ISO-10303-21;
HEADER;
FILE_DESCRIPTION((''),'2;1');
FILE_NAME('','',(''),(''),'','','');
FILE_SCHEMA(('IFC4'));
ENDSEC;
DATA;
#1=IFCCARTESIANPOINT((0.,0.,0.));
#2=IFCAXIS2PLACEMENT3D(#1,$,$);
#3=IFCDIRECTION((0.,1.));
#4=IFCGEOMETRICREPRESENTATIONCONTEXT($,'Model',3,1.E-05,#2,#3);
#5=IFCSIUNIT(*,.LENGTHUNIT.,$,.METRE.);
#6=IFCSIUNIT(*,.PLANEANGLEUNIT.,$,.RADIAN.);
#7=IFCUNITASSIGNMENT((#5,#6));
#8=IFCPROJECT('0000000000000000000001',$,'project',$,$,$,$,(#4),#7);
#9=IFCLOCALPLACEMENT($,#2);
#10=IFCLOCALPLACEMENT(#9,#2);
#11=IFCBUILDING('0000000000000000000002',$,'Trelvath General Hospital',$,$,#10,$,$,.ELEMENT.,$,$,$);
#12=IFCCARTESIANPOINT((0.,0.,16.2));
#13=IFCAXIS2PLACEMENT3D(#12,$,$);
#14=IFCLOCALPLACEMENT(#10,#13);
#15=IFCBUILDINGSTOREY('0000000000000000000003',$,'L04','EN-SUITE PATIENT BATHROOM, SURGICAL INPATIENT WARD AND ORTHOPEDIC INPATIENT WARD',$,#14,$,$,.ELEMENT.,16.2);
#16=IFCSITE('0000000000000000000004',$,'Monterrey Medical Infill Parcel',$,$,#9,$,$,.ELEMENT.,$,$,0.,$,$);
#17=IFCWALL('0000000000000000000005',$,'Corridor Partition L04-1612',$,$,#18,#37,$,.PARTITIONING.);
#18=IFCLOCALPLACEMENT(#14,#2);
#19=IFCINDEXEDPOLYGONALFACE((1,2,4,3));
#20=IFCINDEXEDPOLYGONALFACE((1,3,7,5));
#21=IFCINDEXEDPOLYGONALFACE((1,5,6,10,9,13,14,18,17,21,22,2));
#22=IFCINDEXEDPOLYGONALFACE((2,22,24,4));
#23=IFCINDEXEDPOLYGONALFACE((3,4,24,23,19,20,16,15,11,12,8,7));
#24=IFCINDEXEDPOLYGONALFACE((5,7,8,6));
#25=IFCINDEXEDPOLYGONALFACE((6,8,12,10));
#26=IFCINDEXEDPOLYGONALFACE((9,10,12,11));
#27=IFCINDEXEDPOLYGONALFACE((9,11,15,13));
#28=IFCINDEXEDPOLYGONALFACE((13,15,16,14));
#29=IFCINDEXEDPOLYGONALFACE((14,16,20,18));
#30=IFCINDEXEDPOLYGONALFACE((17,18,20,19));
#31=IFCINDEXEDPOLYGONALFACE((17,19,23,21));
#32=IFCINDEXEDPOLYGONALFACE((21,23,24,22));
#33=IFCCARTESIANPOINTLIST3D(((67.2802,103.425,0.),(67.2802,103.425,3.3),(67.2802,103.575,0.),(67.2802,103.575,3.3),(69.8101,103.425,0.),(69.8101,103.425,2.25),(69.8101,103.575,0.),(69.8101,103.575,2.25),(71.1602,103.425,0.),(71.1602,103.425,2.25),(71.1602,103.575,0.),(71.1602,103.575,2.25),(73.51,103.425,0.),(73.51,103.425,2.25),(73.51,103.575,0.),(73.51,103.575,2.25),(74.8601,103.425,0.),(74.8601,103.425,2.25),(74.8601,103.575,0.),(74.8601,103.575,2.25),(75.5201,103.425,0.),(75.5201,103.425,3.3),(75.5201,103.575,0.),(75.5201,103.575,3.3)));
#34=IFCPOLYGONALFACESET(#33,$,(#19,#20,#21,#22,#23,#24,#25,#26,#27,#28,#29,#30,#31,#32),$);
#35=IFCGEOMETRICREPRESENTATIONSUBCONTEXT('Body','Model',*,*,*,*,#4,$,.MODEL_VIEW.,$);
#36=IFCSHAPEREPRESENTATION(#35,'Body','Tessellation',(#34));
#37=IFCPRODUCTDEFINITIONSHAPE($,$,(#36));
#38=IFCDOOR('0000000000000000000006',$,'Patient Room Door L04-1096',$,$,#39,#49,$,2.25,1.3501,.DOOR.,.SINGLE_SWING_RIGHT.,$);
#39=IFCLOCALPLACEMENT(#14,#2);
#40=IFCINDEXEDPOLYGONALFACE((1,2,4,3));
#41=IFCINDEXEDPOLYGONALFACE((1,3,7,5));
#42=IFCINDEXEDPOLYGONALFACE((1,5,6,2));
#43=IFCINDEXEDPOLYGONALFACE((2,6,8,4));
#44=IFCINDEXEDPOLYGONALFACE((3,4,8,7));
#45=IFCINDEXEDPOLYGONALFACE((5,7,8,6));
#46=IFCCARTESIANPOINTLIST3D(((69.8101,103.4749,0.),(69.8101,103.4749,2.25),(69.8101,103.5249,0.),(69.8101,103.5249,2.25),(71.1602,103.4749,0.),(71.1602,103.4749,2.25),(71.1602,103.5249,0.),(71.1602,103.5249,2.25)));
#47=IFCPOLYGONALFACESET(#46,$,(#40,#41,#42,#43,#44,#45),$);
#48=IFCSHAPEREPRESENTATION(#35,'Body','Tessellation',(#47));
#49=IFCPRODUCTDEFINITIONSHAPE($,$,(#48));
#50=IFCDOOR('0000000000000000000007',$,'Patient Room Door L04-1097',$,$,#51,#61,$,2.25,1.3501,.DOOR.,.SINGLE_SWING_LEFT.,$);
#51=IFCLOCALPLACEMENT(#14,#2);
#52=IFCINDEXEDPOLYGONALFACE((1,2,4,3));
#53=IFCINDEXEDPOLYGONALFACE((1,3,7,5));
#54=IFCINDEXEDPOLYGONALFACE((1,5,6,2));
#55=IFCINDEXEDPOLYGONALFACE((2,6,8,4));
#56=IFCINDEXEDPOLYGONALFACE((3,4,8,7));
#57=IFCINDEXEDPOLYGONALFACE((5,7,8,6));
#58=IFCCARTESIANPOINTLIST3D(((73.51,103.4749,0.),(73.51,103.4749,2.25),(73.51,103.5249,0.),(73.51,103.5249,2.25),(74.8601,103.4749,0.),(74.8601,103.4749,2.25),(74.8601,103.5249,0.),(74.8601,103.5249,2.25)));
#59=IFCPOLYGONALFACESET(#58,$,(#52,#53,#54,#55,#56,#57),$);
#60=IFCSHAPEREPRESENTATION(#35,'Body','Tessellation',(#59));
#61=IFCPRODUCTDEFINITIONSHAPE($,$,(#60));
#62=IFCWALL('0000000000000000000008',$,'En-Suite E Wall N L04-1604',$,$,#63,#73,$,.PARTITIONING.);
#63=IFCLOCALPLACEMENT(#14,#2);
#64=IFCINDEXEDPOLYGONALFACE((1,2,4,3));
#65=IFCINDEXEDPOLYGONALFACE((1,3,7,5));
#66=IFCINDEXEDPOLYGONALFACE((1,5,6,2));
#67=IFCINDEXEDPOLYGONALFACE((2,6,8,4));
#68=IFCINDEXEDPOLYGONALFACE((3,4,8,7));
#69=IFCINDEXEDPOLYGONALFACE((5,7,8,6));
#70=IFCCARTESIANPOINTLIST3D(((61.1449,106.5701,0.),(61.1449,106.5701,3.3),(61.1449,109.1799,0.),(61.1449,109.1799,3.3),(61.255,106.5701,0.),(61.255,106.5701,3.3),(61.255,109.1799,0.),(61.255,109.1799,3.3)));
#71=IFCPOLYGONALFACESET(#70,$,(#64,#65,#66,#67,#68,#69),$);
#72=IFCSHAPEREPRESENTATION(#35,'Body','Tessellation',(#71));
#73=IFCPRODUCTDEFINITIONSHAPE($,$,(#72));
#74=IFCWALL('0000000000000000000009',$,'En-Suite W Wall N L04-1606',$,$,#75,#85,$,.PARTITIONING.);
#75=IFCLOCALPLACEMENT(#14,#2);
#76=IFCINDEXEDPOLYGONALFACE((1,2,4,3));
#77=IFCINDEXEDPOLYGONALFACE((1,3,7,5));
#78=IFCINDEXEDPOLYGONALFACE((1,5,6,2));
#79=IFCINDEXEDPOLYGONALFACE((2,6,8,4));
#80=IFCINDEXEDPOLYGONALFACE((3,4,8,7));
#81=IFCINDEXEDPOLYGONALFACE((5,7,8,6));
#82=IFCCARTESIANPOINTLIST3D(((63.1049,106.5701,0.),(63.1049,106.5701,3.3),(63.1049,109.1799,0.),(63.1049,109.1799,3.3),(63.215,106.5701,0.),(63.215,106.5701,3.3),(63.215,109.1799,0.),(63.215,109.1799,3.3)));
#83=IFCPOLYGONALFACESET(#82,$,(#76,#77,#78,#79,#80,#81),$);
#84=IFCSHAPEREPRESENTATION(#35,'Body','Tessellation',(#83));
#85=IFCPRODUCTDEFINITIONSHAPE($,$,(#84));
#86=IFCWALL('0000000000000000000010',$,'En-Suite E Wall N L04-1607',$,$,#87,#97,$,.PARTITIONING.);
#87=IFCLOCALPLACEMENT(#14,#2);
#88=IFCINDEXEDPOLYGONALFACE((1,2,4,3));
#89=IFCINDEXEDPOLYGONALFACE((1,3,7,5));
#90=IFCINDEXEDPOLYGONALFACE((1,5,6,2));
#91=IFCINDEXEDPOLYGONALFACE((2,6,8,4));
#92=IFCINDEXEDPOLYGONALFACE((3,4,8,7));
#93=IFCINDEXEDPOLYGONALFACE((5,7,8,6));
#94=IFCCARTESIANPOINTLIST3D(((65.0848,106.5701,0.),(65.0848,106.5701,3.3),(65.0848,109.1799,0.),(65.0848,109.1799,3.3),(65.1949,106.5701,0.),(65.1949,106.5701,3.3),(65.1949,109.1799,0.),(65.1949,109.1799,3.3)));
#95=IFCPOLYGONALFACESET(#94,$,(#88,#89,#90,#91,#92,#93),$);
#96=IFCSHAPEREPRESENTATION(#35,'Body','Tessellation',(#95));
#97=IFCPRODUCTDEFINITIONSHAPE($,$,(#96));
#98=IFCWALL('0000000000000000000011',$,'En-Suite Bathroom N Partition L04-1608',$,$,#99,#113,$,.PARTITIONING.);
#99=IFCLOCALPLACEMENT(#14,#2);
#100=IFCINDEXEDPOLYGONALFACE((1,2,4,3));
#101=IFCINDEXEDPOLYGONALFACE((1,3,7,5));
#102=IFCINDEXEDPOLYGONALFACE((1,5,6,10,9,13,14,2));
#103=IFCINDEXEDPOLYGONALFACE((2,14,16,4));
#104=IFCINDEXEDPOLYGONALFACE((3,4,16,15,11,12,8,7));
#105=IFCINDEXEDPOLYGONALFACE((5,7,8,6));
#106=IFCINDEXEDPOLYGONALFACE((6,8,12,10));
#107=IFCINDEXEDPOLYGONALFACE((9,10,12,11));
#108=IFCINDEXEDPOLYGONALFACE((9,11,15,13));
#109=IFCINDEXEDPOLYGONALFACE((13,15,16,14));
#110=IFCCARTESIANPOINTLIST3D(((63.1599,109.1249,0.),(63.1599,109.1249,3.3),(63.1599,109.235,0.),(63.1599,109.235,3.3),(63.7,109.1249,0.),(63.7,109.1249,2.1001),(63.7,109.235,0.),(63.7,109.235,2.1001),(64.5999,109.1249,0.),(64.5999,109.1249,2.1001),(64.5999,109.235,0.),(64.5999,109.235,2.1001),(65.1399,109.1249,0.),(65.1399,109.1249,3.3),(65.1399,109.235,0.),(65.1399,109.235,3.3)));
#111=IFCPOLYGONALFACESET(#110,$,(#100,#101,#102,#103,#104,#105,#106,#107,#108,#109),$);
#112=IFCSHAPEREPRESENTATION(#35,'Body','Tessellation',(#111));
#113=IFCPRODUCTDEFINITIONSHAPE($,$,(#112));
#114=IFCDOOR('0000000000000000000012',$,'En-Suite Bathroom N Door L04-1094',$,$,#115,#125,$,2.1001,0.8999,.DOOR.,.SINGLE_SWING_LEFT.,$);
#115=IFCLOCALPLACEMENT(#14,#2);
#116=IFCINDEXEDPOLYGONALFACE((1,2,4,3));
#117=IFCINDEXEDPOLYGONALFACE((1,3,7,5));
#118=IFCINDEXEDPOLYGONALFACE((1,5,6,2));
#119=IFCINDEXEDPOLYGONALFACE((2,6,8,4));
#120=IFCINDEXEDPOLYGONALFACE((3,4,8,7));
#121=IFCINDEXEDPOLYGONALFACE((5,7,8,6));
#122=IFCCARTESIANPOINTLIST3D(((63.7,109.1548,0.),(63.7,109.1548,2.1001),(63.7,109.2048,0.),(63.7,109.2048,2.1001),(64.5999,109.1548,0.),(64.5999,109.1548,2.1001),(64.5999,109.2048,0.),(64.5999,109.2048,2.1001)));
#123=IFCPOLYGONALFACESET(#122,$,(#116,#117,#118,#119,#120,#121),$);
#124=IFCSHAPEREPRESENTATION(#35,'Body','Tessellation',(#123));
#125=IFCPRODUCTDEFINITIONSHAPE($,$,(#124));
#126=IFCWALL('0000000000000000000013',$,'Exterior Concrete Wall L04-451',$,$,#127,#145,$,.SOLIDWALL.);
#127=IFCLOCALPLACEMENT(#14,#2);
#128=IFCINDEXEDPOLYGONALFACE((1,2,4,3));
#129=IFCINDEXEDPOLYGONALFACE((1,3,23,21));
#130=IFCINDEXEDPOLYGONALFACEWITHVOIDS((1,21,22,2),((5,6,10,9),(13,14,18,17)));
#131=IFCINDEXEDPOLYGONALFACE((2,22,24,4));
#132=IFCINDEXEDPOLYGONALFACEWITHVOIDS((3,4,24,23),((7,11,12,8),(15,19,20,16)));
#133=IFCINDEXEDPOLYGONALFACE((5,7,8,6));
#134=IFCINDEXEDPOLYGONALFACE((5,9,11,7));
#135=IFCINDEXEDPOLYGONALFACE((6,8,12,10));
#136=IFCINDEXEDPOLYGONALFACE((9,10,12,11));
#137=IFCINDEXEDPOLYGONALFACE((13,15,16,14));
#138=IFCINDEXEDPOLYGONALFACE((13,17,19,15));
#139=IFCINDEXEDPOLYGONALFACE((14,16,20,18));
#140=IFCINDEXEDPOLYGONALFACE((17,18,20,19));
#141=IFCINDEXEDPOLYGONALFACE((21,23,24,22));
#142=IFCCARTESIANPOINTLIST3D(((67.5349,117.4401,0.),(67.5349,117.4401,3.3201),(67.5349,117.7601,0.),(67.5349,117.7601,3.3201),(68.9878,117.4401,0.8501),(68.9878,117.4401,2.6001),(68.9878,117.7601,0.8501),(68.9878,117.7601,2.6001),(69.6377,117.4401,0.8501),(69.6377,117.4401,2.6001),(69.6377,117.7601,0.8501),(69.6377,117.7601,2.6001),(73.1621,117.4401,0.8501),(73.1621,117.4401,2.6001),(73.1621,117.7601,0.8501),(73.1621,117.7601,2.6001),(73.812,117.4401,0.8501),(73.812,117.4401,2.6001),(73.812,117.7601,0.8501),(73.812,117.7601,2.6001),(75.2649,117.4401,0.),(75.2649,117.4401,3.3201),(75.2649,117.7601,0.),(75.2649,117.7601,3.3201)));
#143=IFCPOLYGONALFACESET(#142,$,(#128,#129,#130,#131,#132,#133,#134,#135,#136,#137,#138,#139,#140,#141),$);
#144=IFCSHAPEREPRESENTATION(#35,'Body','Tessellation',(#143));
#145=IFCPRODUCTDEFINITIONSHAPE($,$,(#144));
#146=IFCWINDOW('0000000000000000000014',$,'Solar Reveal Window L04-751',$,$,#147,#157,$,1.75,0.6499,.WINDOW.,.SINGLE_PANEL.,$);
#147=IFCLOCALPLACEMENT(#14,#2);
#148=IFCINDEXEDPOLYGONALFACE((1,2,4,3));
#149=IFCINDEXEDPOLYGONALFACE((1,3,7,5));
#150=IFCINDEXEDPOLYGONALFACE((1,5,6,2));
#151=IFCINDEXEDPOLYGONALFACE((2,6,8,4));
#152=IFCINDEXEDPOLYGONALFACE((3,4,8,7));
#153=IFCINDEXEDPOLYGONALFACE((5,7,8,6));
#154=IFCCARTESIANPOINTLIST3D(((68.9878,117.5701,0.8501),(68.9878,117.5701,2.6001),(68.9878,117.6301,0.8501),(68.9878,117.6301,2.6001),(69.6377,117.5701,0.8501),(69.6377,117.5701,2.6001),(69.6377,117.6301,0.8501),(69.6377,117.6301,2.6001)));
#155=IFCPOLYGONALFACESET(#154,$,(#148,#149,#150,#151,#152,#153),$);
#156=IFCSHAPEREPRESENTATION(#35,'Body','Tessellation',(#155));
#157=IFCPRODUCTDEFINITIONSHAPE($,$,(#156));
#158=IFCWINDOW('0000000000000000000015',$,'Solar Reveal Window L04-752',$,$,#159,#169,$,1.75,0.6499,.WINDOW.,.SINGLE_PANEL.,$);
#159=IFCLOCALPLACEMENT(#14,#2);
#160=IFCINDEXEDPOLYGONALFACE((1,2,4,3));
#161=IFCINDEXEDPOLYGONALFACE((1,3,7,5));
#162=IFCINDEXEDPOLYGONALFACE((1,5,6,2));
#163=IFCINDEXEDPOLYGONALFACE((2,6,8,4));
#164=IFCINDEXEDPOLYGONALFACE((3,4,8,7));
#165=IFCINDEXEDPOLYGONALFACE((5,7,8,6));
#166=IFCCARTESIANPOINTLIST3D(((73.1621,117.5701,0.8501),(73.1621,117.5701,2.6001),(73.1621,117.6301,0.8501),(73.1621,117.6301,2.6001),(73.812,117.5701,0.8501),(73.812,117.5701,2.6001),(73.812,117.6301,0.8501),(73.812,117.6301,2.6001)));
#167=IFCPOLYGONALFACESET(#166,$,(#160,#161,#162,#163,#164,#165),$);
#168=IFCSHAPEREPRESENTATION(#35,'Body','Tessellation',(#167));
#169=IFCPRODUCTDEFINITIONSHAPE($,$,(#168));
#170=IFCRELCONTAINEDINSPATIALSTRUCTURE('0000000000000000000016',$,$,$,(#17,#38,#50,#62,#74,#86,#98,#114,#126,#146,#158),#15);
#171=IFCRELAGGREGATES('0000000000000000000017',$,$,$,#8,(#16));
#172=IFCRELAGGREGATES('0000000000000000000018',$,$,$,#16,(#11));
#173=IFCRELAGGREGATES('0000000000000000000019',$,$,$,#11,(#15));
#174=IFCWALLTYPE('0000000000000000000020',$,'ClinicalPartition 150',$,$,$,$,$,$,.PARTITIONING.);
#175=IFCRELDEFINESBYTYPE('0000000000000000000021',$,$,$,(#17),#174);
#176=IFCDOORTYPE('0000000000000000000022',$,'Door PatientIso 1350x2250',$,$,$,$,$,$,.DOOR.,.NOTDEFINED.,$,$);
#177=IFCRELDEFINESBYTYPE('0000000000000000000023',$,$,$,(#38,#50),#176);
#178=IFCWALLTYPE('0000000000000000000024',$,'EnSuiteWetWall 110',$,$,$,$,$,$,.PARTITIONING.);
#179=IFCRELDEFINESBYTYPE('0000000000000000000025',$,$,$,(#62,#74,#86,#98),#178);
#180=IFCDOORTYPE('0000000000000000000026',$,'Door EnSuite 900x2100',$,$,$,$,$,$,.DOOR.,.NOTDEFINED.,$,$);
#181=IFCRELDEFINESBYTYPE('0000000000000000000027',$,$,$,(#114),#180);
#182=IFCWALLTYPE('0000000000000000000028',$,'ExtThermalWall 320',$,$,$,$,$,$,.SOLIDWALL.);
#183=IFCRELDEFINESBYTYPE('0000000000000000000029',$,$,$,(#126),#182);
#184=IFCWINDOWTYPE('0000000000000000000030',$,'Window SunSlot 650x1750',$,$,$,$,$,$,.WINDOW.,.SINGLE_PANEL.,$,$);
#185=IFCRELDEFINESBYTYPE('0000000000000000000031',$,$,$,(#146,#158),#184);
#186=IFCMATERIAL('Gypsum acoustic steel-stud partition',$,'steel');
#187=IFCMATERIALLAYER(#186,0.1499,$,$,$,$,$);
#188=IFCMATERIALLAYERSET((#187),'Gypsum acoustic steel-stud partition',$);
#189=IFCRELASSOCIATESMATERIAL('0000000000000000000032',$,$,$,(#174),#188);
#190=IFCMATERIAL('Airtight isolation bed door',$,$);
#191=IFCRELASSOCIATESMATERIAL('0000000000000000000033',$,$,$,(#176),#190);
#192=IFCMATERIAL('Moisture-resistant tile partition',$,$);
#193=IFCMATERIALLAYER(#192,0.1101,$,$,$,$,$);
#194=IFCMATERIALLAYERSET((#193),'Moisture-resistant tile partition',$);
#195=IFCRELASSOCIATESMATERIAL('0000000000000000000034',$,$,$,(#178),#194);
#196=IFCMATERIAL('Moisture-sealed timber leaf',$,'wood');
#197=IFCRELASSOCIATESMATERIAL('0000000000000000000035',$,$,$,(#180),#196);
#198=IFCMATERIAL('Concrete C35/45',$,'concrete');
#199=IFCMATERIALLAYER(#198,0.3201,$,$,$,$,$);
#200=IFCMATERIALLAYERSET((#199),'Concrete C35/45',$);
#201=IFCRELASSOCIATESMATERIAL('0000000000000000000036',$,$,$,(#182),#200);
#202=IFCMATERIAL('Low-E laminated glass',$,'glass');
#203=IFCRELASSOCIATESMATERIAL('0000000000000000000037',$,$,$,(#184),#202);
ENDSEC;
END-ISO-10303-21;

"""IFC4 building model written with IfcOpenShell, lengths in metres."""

from ifc_helpers import new_model, si_unit, direction, frame, frame_2d, origin, place, context, subcontext, project, spatial, rectangle, extrude, material, layer, layer_set, type_object, element, fill, save


model = new_model("IFC4")

# Units and contexts
model_context = context("Model", 3, precision=1e-05, world=origin(), true_north=direction((0.0, 1.0)))
body_context = subcontext(model_context, "Body", "Model", "MODEL_VIEW")
ifc_project = project(units=[si_unit("LENGTHUNIT", "METRE"), si_unit("PLANEANGLEUNIT", "RADIAN")], contexts=[model_context])

# Site, building, storey
site_placement = place(None, origin())
site = spatial("IfcSite", under=ifc_project, at=site_placement, Name="Monterrey Medical Infill Parcel", CompositionType="ELEMENT", RefElevation=0.0)
building_placement = place(site_placement, origin())
building = spatial("IfcBuilding", under=site, at=building_placement, Name="Trelvath General Hospital", CompositionType="ELEMENT")
storey_placement = place(building_placement, frame((0.0, 0.0, 16.2)))
storey = spatial("IfcBuildingStorey", under=building, at=storey_placement, Name="L04", Description="EN-SUITE PATIENT BATHROOM, SURGICAL INPATIENT WARD AND ORTHOPEDIC INPATIENT WARD", CompositionType="ELEMENT", Elevation=16.2)

# Wall, openings, doors
ifc_material_1 = material(Name="Gypsum acoustic steel-stud partition", Category="steel")
ifc_layer_1 = layer(ifc_material_1, 0.1499)
ifc_layer_set_1 = layer_set([ifc_layer_1], Name="Gypsum acoustic steel-stud partition")
wall_type_1 = type_object("IfcWallType", Name="ClinicalPartition 150", PredefinedType="PARTITIONING", material=ifc_layer_set_1)
wall_1_placement = place(storey_placement, frame((67.28, 103.5, 0.0), z_axis=(0.0, 0.0, 1.0), x_axis=(1.0, 0.0, 0.0)))
wall_1 = element("IfcWall", 1, at=wall_1_placement, inside=storey, type_object=wall_type_1, Name="Corridor Partition L04-1612", PredefinedType="PARTITIONING", context=body_context, shape_type="SweptSolid", body=[
    extrude(rectangle(XDim=8.24, YDim=0.1499, at=frame_2d((4.1201, 0.0))), origin(), (0.0, 0.0, 1.0), 3.3),
])
opening_1_placement = place(wall_1_placement, frame((2.53, 0.0, 0.0)))
opening_1 = element("IfcOpeningElement", 2, at=opening_1_placement, cuts=wall_1, PredefinedType="OPENING", context=body_context, shape_type="SweptSolid", body=[
    extrude(rectangle(XDim=1.3501, YDim=2.25, at=frame_2d((0.675, 1.125))), frame((0.0, 0.085, 0.0), z_axis=(0.0, -1.0, 0.0), x_axis=(1.0, 0.0, 0.0)), (0.0, 0.0, 1.0), 0.1699),
])
opening_2_placement = place(wall_1_placement, frame((6.23, 0.0, 0.0)))
opening_2 = element("IfcOpeningElement", 3, at=opening_2_placement, cuts=wall_1, PredefinedType="OPENING", context=body_context, shape_type="SweptSolid", body=[
    extrude(rectangle(XDim=1.3501, YDim=2.25, at=frame_2d((0.675, 1.125))), frame((0.0, 0.085, 0.0), z_axis=(0.0, -1.0, 0.0), x_axis=(1.0, 0.0, 0.0)), (0.0, 0.0, 1.0), 0.1699),
])
ifc_material_2 = material(Name="Airtight isolation bed door")
door_type_1 = type_object("IfcDoorType", Name="Door PatientIso 1350x2250", OperationType="NOTDEFINED", PredefinedType="DOOR", material=ifc_material_2)
door_1_placement = place(opening_1_placement, origin())
door_1 = element("IfcDoor", 4, at=door_1_placement, inside=storey, type_object=door_type_1, Name="Patient Room Door L04-1096", OperationType="SINGLE_SWING_RIGHT", OverallHeight=2.25, OverallWidth=1.3501, PredefinedType="DOOR", context=body_context, shape_type="SweptSolid", body=[
    extrude(rectangle(XDim=1.3501, YDim=2.25, at=frame_2d((0.675, 1.125))), frame((0.0, 0.0249, 0.0), z_axis=(0.0, -1.0, 0.0), x_axis=(1.0, 0.0, 0.0)), (0.0, 0.0, 1.0), 0.05),
])
fill(opening_1, door_1)
door_2_placement = place(opening_2_placement, origin())
door_2 = element("IfcDoor", 5, at=door_2_placement, inside=storey, type_object=door_type_1, Name="Patient Room Door L04-1097", OperationType="SINGLE_SWING_LEFT", OverallHeight=2.25, OverallWidth=1.3501, PredefinedType="DOOR", context=body_context, shape_type="SweptSolid", body=[
    extrude(rectangle(XDim=1.3501, YDim=2.25, at=frame_2d((0.675, 1.125))), frame((0.0, 0.0249, 0.0), z_axis=(0.0, -1.0, 0.0), x_axis=(1.0, 0.0, 0.0)), (0.0, 0.0, 1.0), 0.05),
])
fill(opening_2, door_2)

# Walls
ifc_material_3 = material(Name="Moisture-resistant tile partition")
ifc_layer_2 = layer(ifc_material_3, 0.1101)
ifc_layer_set_2 = layer_set([ifc_layer_2], Name="Moisture-resistant tile partition")
wall_type_2 = type_object("IfcWallType", Name="EnSuiteWetWall 110", PredefinedType="PARTITIONING", material=ifc_layer_set_2)
for number, where, z_axis, x_axis, name in (
    (6, (61.2, 106.5701, 0.0), (0.0, 0.0, 1.0), (0.0, 1.0, 0.0), "En-Suite E Wall N L04-1604"),
    (7, (63.1599, 106.5701, 0.0), (0.0, 0.0, 1.0), (0.0, 1.0, 0.0), "En-Suite W Wall N L04-1606"),
    (8, (65.1399, 106.5701, 0.0), (0.0, 0.0, 1.0), (0.0, 1.0, 0.0), "En-Suite E Wall N L04-1607"),
):
    element("IfcWall", number, at=place(storey_placement, frame(where, z_axis=z_axis, x_axis=x_axis)), inside=storey, type_object=wall_type_2, Name=name, PredefinedType="PARTITIONING", context=body_context, shape_type="SweptSolid", body=[
        extrude(rectangle(XDim=2.6099, YDim=0.1101, at=frame_2d((1.3049, 0.0))), origin(), (0.0, 0.0, 1.0), 3.3),
    ])

# Wall, opening, door
wall_2_placement = place(storey_placement, frame((63.1599, 109.1799, 0.0), z_axis=(0.0, 0.0, 1.0), x_axis=(1.0, 0.0, 0.0)))
wall_2 = element("IfcWall", 9, at=wall_2_placement, inside=storey, type_object=wall_type_2, Name="En-Suite Bathroom N Partition L04-1608", PredefinedType="PARTITIONING", context=body_context, shape_type="SweptSolid", body=[
    extrude(rectangle(XDim=1.98, YDim=0.1101, at=frame_2d((0.99, 0.0))), origin(), (0.0, 0.0, 1.0), 3.3),
])
opening_3_placement = place(wall_2_placement, frame((0.54, 0.0, 0.0)))
opening_3 = element("IfcOpeningElement", 10, at=opening_3_placement, cuts=wall_2, PredefinedType="OPENING", context=body_context, shape_type="SweptSolid", body=[
    extrude(rectangle(XDim=0.8999, YDim=2.1001, at=frame_2d((0.45, 1.05))), frame((0.0, 0.0649, 0.0), z_axis=(0.0, -1.0, 0.0), x_axis=(1.0, 0.0, 0.0)), (0.0, 0.0, 1.0), 0.1301),
])
ifc_material_4 = material(Name="Moisture-sealed timber leaf", Category="wood")
door_type_2 = type_object("IfcDoorType", Name="Door EnSuite 900x2100", OperationType="NOTDEFINED", PredefinedType="DOOR", material=ifc_material_4)
door_3_placement = place(opening_3_placement, origin())
door_3 = element("IfcDoor", 11, at=door_3_placement, inside=storey, type_object=door_type_2, Name="En-Suite Bathroom N Door L04-1094", OperationType="SINGLE_SWING_LEFT", OverallHeight=2.1001, OverallWidth=0.8999, PredefinedType="DOOR", context=body_context, shape_type="SweptSolid", body=[
    extrude(rectangle(XDim=0.8999, YDim=2.1001, at=frame_2d((0.45, 1.05))), frame((0.0, 0.0249, 0.0), z_axis=(0.0, -1.0, 0.0), x_axis=(1.0, 0.0, 0.0)), (0.0, 0.0, 1.0), 0.05),
])
fill(opening_3, door_3)

# Wall, openings, windows
ifc_material_5 = material(Name="Concrete C35/45", Category="concrete")
ifc_layer_3 = layer(ifc_material_5, 0.3201)
ifc_layer_set_3 = layer_set([ifc_layer_3], Name="Concrete C35/45")
wall_type_3 = type_object("IfcWallType", Name="ExtThermalWall 320", PredefinedType="SOLIDWALL", material=ifc_layer_set_3)
wall_3_placement = place(storey_placement, frame((67.5349, 117.6001, 0.0), z_axis=(0.0, 0.0, 1.0), x_axis=(1.0, 0.0, 0.0)))
wall_3 = element("IfcWall", 12, at=wall_3_placement, inside=storey, type_object=wall_type_3, Name="Exterior Concrete Wall L04-451", PredefinedType="SOLIDWALL", context=body_context, shape_type="SweptSolid", body=[
    extrude(rectangle(XDim=7.73, YDim=0.3201, at=frame_2d((3.865, 0.0))), origin(), (0.0, 0.0, 1.0), 3.3201),
])
opening_4_placement = place(wall_3_placement, frame((1.4529, 0.0, 0.8501)))
opening_4 = element("IfcOpeningElement", 13, at=opening_4_placement, cuts=wall_3, PredefinedType="OPENING", context=body_context, shape_type="SweptSolid", body=[
    extrude(rectangle(XDim=0.6499, YDim=1.75, at=frame_2d((0.325, 0.875))), frame((0.0, 0.1699, 0.0), z_axis=(0.0, -1.0, 0.0), x_axis=(1.0, 0.0, 0.0)), (0.0, 0.0, 1.0), 0.3401),
])
opening_5_placement = place(wall_3_placement, frame((5.6272, 0.0, 0.8501)))
opening_5 = element("IfcOpeningElement", 14, at=opening_5_placement, cuts=wall_3, PredefinedType="OPENING", context=body_context, shape_type="SweptSolid", body=[
    extrude(rectangle(XDim=0.6499, YDim=1.75, at=frame_2d((0.325, 0.875))), frame((0.0, 0.1699, 0.0), z_axis=(0.0, -1.0, 0.0), x_axis=(1.0, 0.0, 0.0)), (0.0, 0.0, 1.0), 0.3401),
])
ifc_material_6 = material(Name="Low-E laminated glass", Category="glass")
window_type = type_object("IfcWindowType", Name="Window SunSlot 650x1750", PartitioningType="SINGLE_PANEL", PredefinedType="WINDOW", material=ifc_material_6)
window_1_placement = place(opening_4_placement, origin())
window_1 = element("IfcWindow", 15, at=window_1_placement, inside=storey, type_object=window_type, Name="Solar Reveal Window L04-751", OverallHeight=1.75, OverallWidth=0.6499, PartitioningType="SINGLE_PANEL", PredefinedType="WINDOW", context=body_context, shape_type="SweptSolid", body=[
    extrude(rectangle(XDim=0.6499, YDim=1.75, at=frame_2d((0.325, 0.875))), frame((0.0, 0.03, 0.0), z_axis=(0.0, -1.0, 0.0), x_axis=(1.0, 0.0, 0.0)), (0.0, 0.0, 1.0), 0.0601),
])
fill(opening_4, window_1)
window_2_placement = place(opening_5_placement, origin())
window_2 = element("IfcWindow", 16, at=window_2_placement, inside=storey, type_object=window_type, Name="Solar Reveal Window L04-752", OverallHeight=1.75, OverallWidth=0.6499, PartitioningType="SINGLE_PANEL", PredefinedType="WINDOW", context=body_context, shape_type="SweptSolid", body=[
    extrude(rectangle(XDim=0.6499, YDim=1.75, at=frame_2d((0.325, 0.875))), frame((0.0, 0.03, 0.0), z_axis=(0.0, -1.0, 0.0), x_axis=(1.0, 0.0, 0.0)), (0.0, 0.0, 1.0), 0.0601),
])
fill(opening_5, window_2)

save(model, "model.ifc")
